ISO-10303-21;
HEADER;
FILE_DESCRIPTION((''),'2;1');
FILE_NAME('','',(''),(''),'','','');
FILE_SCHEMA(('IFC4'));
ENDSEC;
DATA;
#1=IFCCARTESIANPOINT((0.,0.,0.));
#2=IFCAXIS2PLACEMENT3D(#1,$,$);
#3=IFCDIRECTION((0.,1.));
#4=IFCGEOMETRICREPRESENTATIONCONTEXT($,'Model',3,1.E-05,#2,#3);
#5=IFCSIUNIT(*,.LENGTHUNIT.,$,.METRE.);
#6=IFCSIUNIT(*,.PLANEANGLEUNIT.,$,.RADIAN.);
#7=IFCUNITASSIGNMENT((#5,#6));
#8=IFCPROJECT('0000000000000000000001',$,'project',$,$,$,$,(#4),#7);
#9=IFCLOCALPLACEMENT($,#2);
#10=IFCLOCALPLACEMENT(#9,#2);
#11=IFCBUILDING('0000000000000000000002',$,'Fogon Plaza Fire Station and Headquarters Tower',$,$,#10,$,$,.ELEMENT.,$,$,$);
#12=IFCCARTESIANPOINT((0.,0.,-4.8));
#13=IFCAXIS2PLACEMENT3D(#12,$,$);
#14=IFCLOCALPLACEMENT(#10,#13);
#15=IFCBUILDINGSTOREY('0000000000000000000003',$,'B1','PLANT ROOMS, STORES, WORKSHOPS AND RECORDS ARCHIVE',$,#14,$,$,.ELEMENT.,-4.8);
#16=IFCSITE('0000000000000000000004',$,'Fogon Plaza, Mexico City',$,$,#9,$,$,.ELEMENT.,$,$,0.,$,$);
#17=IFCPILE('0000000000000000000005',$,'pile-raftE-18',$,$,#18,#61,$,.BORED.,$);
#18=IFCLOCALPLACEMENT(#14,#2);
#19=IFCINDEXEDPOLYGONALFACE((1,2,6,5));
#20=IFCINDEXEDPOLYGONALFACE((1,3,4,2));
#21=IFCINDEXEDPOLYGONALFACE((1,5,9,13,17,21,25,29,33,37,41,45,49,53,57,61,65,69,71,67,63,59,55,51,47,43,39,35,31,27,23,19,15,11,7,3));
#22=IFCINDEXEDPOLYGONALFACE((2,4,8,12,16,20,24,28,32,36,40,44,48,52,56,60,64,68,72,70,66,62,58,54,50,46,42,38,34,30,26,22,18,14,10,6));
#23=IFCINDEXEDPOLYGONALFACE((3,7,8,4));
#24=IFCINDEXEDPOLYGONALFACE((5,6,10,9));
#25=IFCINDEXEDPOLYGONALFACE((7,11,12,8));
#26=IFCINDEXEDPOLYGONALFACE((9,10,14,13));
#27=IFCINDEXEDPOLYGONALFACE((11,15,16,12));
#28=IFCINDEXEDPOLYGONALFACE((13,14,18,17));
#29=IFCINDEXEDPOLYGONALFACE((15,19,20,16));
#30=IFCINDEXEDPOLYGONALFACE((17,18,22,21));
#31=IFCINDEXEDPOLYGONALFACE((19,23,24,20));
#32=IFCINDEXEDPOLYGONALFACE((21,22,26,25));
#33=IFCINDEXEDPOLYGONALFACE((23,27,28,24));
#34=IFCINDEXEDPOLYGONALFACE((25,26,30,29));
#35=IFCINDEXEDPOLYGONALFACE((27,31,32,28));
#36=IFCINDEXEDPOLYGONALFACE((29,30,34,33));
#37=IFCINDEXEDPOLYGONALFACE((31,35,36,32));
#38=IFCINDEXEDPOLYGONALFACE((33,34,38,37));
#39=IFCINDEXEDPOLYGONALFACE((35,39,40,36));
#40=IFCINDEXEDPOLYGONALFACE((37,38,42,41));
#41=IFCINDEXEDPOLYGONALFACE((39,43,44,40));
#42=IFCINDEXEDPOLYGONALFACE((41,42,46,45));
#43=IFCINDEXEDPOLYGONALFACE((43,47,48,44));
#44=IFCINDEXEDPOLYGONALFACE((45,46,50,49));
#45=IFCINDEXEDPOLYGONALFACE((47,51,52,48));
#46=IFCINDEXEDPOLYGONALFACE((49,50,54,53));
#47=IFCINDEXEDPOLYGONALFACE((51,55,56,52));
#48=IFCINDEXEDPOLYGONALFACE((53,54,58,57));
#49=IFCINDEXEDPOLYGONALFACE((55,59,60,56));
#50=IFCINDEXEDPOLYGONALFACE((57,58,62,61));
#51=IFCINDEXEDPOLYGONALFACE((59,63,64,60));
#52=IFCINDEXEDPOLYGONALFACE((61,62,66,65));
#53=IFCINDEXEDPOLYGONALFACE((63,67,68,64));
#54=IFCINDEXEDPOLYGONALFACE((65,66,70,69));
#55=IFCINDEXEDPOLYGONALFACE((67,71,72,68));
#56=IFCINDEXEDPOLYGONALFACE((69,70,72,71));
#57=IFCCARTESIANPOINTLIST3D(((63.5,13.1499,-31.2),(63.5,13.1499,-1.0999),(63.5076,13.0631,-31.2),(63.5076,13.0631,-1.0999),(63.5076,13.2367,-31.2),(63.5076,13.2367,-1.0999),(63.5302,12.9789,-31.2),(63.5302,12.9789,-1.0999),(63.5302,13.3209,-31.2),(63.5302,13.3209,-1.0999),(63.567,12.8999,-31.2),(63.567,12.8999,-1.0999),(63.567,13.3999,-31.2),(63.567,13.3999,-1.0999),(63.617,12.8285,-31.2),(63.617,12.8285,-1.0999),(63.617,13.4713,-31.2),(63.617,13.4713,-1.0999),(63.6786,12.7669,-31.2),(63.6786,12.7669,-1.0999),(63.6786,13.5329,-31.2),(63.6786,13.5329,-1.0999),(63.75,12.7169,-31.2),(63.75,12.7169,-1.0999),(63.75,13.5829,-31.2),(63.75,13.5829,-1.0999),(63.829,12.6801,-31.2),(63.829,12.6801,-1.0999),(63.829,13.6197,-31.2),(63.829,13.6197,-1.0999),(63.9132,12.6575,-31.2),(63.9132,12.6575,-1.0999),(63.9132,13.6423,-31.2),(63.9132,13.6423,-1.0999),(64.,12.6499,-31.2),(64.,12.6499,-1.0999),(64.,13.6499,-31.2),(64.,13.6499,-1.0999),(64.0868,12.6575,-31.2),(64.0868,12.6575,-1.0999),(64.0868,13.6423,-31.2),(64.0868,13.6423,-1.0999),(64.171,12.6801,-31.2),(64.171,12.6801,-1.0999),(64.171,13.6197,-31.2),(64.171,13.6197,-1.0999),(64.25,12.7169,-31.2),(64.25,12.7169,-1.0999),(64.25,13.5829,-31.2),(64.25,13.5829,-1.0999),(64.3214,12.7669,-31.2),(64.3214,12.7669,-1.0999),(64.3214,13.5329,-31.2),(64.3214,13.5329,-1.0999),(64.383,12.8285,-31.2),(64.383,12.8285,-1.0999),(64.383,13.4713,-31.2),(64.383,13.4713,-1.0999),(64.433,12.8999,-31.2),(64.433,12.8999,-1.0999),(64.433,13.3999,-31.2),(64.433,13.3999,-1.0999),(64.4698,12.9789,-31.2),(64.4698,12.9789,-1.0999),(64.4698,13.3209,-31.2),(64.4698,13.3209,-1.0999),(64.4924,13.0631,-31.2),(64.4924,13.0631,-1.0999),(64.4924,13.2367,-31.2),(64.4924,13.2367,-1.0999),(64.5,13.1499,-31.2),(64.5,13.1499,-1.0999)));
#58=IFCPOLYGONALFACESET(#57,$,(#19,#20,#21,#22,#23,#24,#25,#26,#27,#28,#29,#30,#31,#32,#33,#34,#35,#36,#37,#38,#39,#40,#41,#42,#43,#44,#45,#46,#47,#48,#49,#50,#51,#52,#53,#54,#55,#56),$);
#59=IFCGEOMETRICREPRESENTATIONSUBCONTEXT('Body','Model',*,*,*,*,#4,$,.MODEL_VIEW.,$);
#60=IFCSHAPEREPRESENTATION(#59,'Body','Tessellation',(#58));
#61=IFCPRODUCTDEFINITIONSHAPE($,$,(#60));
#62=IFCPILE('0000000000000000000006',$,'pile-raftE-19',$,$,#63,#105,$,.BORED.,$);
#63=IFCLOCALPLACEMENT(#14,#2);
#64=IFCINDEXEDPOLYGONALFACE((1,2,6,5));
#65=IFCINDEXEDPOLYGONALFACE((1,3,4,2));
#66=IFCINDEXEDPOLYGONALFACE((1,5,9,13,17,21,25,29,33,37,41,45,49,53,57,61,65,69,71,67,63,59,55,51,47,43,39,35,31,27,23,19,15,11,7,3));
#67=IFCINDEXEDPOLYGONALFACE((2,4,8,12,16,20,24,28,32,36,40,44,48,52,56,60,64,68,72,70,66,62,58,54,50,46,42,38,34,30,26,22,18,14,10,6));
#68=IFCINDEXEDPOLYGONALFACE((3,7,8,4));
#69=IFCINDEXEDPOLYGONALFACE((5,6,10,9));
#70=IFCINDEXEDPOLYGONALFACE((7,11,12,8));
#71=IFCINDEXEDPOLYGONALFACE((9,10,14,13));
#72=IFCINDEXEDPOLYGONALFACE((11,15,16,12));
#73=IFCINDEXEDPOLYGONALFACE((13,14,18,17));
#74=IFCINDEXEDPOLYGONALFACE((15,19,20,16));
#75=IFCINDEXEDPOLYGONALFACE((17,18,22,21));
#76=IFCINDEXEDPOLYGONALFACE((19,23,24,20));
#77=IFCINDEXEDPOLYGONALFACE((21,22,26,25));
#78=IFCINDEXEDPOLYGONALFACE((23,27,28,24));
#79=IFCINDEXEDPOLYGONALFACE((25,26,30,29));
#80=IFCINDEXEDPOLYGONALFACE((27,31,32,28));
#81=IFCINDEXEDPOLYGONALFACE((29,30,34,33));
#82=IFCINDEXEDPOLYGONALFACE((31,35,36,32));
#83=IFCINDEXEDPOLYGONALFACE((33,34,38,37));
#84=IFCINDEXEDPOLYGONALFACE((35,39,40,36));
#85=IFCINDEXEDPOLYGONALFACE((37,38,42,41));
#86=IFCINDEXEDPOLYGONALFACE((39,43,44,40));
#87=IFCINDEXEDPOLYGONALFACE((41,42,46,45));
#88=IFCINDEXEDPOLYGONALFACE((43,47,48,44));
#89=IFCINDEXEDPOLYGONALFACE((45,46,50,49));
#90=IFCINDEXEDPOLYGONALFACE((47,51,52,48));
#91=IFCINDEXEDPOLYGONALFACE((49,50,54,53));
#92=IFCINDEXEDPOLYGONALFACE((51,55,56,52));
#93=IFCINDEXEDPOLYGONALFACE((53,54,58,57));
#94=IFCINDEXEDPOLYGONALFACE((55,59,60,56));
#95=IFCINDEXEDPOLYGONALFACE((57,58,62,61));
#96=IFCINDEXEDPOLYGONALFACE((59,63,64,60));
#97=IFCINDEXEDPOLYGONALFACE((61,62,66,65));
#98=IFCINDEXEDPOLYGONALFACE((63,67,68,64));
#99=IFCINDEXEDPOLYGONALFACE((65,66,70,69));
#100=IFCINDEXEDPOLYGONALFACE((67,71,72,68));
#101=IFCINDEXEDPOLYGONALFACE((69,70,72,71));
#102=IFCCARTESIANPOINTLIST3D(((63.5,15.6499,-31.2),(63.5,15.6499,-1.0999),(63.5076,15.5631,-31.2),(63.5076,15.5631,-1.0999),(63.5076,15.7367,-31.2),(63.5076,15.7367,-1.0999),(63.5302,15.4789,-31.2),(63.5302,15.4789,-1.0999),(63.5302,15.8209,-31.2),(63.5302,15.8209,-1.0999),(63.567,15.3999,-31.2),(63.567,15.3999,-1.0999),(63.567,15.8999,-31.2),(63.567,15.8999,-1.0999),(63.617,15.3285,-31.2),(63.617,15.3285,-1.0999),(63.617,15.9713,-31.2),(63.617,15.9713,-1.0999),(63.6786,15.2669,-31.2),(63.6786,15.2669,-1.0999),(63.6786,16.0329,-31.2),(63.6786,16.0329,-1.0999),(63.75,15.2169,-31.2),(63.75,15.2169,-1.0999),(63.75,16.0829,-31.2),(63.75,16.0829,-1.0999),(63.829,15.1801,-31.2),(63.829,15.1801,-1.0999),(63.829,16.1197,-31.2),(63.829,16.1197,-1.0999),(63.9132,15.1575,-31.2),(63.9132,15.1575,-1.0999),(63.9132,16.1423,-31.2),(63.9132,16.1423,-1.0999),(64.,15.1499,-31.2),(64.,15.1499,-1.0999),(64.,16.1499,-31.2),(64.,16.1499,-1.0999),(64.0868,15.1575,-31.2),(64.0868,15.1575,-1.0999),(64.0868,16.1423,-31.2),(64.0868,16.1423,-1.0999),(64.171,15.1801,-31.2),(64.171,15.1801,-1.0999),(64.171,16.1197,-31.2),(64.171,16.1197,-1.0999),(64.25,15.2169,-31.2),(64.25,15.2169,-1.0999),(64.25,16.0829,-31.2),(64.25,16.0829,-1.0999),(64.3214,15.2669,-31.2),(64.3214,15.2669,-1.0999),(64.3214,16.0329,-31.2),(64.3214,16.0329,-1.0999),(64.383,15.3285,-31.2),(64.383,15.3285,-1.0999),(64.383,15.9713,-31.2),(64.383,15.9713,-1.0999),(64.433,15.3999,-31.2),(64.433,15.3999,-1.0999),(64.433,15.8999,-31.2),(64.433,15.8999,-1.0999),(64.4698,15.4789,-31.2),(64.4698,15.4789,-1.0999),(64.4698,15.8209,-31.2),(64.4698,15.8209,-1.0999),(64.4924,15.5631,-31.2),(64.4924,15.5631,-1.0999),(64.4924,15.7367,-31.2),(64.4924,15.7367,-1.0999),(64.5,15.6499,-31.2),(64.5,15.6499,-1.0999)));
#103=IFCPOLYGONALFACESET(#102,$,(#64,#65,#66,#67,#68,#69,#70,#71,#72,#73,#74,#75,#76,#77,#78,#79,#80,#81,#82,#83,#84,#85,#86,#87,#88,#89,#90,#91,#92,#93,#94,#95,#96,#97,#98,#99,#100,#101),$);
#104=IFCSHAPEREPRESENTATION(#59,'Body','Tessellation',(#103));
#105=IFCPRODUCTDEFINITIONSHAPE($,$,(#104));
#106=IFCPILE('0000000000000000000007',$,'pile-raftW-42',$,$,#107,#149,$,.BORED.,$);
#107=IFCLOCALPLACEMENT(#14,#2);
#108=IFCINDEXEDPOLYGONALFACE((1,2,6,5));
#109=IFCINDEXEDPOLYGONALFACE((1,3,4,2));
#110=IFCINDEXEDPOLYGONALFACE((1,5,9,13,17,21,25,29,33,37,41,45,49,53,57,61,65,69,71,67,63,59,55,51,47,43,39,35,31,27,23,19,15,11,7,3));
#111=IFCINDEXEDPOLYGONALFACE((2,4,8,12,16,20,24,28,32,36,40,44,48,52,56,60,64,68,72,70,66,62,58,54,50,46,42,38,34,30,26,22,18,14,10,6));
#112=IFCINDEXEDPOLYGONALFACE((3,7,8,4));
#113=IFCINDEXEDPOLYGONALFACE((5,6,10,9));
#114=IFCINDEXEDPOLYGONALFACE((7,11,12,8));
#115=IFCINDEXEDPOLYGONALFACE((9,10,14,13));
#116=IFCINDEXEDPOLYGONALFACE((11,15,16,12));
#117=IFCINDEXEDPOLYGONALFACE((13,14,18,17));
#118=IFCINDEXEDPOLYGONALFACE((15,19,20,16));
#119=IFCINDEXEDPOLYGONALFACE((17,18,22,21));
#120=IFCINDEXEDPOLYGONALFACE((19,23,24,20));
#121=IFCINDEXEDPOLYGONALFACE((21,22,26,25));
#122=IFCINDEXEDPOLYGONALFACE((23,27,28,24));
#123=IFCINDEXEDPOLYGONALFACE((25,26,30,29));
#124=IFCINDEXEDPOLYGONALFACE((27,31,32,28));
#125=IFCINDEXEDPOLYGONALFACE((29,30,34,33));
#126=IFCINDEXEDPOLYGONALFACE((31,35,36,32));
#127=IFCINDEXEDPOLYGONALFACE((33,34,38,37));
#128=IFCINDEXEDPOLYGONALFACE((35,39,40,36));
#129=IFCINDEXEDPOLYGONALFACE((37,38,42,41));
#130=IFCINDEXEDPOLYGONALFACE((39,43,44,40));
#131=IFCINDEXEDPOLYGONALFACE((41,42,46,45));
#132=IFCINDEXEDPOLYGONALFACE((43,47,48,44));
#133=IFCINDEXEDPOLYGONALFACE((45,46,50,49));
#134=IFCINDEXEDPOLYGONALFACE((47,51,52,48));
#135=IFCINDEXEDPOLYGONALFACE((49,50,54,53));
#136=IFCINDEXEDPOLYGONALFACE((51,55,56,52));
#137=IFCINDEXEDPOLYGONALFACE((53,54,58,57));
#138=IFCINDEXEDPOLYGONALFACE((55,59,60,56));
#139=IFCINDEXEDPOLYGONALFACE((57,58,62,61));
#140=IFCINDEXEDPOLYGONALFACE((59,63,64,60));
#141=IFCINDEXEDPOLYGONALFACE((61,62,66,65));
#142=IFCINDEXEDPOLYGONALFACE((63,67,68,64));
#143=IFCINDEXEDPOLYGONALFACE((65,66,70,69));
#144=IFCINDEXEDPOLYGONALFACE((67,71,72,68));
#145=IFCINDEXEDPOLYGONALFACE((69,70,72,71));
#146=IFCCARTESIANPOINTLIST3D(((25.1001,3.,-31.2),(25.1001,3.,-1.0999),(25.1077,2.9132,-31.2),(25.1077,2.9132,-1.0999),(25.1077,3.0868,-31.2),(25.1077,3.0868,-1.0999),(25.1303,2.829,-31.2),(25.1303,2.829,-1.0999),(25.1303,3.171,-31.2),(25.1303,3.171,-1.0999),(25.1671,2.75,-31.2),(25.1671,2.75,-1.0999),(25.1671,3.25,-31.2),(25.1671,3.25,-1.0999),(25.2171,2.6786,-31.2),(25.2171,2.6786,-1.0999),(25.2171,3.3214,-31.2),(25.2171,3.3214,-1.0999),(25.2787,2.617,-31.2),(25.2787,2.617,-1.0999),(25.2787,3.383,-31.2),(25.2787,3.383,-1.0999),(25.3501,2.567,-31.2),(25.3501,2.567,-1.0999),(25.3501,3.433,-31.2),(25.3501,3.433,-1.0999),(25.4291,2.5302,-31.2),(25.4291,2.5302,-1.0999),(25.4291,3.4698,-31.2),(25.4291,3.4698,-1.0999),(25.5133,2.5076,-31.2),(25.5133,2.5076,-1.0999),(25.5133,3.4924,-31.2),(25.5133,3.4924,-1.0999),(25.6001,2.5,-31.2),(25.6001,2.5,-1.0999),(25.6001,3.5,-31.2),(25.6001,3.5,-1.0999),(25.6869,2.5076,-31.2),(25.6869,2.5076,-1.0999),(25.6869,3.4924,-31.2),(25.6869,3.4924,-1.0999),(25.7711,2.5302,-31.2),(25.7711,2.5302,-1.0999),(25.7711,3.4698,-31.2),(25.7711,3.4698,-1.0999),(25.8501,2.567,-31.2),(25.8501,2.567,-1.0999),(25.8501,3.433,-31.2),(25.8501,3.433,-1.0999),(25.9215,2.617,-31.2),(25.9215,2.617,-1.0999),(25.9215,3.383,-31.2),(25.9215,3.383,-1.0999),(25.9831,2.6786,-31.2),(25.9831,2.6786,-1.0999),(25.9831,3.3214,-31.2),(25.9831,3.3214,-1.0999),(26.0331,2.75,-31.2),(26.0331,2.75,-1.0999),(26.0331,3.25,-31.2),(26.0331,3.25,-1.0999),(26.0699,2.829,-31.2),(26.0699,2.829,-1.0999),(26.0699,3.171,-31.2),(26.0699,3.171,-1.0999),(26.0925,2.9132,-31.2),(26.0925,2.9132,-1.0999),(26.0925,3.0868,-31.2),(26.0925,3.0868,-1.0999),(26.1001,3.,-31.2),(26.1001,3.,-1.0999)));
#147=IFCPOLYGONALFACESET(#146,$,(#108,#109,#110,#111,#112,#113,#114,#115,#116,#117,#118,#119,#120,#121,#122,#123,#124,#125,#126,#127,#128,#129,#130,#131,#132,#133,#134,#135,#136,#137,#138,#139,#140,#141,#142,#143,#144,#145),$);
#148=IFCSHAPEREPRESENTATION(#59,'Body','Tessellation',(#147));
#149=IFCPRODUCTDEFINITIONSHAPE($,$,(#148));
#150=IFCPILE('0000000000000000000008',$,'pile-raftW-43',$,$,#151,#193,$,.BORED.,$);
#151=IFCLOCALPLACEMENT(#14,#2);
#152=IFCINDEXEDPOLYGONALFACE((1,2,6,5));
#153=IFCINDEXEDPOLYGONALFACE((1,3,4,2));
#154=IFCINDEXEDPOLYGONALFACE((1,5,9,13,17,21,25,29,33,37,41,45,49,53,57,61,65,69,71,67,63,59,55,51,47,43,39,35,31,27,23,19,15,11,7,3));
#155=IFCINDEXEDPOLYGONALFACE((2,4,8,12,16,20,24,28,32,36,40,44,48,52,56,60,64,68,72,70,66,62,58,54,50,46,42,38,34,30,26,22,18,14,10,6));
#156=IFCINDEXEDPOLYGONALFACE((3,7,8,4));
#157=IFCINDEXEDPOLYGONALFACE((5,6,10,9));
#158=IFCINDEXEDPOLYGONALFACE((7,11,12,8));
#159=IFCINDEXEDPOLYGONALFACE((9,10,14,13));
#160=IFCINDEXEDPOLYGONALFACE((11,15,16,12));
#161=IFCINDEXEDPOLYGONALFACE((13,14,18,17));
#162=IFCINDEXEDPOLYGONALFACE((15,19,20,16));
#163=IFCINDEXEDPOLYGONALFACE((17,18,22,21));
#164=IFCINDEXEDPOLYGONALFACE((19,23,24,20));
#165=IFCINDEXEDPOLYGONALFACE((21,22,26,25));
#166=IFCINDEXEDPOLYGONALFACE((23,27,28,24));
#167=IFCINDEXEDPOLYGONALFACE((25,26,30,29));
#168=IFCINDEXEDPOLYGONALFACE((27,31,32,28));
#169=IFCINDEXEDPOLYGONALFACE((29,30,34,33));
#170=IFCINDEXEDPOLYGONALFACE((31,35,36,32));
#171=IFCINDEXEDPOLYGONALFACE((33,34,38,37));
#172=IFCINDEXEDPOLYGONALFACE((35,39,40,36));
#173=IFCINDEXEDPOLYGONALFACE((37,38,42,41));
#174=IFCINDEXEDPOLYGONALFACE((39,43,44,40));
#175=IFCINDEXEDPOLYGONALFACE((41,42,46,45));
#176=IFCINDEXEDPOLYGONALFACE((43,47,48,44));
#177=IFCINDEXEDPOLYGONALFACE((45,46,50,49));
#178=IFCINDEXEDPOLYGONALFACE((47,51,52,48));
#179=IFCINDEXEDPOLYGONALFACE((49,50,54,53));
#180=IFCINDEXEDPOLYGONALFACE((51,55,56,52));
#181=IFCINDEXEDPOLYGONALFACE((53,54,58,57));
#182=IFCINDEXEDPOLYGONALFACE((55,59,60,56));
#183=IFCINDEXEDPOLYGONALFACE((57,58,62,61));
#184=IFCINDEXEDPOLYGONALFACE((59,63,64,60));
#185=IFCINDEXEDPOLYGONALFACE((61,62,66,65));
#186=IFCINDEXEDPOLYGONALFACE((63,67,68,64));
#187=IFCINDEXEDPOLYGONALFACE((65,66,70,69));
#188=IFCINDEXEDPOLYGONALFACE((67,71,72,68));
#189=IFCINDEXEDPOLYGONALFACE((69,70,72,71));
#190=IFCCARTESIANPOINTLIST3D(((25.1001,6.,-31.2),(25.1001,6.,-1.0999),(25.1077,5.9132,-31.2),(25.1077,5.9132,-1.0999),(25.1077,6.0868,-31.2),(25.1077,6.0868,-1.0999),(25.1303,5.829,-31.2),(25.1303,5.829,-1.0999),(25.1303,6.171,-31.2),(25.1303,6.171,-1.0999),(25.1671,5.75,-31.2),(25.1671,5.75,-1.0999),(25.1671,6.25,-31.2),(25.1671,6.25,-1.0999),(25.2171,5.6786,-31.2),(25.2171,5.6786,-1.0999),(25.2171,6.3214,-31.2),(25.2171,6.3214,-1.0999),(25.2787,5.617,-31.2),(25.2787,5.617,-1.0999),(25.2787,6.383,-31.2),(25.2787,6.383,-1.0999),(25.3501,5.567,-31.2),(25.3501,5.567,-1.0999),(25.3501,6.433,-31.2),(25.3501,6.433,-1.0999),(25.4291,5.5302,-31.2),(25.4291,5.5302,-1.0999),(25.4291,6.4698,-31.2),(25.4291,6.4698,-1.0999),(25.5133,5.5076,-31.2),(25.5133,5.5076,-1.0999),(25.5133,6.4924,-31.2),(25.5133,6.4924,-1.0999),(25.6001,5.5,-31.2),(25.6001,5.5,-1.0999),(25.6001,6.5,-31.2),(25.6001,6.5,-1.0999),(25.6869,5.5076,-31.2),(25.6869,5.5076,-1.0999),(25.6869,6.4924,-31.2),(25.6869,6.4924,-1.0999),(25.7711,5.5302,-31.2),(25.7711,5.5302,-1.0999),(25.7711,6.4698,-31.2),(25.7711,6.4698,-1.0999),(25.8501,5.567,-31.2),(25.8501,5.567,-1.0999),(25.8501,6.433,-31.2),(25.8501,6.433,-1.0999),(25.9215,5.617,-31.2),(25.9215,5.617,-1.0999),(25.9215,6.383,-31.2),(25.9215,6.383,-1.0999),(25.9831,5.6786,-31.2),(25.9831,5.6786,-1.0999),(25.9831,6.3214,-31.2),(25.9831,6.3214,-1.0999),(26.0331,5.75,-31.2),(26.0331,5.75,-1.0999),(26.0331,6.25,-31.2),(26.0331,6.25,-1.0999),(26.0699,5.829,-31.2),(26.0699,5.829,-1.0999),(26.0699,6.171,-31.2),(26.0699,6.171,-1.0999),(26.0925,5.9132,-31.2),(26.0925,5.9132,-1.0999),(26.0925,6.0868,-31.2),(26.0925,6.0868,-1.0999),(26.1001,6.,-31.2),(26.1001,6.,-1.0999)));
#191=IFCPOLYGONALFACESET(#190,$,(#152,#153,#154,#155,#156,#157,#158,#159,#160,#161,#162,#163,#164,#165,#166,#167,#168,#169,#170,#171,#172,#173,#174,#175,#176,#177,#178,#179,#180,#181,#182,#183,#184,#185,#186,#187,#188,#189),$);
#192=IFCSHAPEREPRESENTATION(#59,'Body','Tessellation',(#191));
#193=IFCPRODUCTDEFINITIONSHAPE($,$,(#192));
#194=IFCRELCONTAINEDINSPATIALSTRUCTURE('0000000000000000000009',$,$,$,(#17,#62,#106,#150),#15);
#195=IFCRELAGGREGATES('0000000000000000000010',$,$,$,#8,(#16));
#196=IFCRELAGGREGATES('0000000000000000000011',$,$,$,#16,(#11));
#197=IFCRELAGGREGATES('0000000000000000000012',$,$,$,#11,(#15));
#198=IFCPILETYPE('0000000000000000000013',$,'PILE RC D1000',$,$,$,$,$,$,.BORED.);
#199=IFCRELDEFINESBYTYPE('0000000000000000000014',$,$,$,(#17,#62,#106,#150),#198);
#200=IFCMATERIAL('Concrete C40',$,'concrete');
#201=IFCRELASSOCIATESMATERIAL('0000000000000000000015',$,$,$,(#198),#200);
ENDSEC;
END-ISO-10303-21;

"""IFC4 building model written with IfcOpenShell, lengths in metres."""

from ifc_helpers import new_model, si_unit, direction, frame, origin, origin_2d, place, context, subcontext, project, spatial, circle, extrude, material, material_profile, profile_set, type_object, element, save


model = new_model("IFC4")

# Units and contexts
model_context = context("Model", 3, precision=1e-05, world=origin(), true_north=direction((0.0, 1.0)))
body_context = subcontext(model_context, "Body", "Model", "MODEL_VIEW")
ifc_project = project(units=[si_unit("LENGTHUNIT", "METRE"), si_unit("PLANEANGLEUNIT", "RADIAN")], contexts=[model_context])

# Site, building, storey
site_placement = place(None, origin())
site = spatial("IfcSite", under=ifc_project, at=site_placement, Name="Fogon Plaza, Mexico City", CompositionType="ELEMENT", RefElevation=0.0)
building_placement = place(site_placement, origin())
building = spatial("IfcBuilding", under=site, at=building_placement, Name="Fogon Plaza Fire Station and Headquarters Tower", CompositionType="ELEMENT")
storey_placement = place(building_placement, frame((0.0, 0.0, -4.8)))
storey = spatial("IfcBuildingStorey", under=building, at=storey_placement, Name="B1", Description="PLANT ROOMS, STORES, WORKSHOPS AND RECORDS ARCHIVE", CompositionType="ELEMENT", Elevation=-4.8)

# Piles
ifc_material_1 = material(Name="Concrete C40", Category="concrete")
ifc_material_profile_1 = material_profile(ifc_material_1, circle(Radius=0.5, at=origin_2d()), Name="RC D1000")
ifc_profile_set_1 = profile_set([ifc_material_profile_1], Name="Concrete C40")
pile_type_1 = type_object("IfcPileType", Name="PILE RC D1000", PredefinedType="BORED", material=ifc_profile_set_1)
for number, where, z_axis, x_axis, name in (
    (1, (64.0, 13.1499, -1.0999), (0.0, 0.0, -1.0), (1.0, 0.0, 0.0), "pile-raftE-18"),
    (2, (64.0, 15.6499, -1.0999), (0.0, 0.0, -1.0), (1.0, 0.0, 0.0), "pile-raftE-19"),
    (3, (25.6001, 3.0, -1.0999), (0.0, 0.0, -1.0), (1.0, 0.0, 0.0), "pile-raftW-42"),
    (4, (25.6001, 6.0, -1.0999), (0.0, 0.0, -1.0), (1.0, 0.0, 0.0), "pile-raftW-43"),
):
    element("IfcPile", number, at=place(storey_placement, frame(where, z_axis=z_axis, x_axis=x_axis)), inside=storey, type_object=pile_type_1, Name=name, PredefinedType="BORED", context=body_context, shape_type="SweptSolid", body=[
        extrude(circle(Radius=0.5, at=origin_2d()), origin(), (0.0, 0.0, 1.0), 30.1001),
    ])

save(model, "model.ifc")
